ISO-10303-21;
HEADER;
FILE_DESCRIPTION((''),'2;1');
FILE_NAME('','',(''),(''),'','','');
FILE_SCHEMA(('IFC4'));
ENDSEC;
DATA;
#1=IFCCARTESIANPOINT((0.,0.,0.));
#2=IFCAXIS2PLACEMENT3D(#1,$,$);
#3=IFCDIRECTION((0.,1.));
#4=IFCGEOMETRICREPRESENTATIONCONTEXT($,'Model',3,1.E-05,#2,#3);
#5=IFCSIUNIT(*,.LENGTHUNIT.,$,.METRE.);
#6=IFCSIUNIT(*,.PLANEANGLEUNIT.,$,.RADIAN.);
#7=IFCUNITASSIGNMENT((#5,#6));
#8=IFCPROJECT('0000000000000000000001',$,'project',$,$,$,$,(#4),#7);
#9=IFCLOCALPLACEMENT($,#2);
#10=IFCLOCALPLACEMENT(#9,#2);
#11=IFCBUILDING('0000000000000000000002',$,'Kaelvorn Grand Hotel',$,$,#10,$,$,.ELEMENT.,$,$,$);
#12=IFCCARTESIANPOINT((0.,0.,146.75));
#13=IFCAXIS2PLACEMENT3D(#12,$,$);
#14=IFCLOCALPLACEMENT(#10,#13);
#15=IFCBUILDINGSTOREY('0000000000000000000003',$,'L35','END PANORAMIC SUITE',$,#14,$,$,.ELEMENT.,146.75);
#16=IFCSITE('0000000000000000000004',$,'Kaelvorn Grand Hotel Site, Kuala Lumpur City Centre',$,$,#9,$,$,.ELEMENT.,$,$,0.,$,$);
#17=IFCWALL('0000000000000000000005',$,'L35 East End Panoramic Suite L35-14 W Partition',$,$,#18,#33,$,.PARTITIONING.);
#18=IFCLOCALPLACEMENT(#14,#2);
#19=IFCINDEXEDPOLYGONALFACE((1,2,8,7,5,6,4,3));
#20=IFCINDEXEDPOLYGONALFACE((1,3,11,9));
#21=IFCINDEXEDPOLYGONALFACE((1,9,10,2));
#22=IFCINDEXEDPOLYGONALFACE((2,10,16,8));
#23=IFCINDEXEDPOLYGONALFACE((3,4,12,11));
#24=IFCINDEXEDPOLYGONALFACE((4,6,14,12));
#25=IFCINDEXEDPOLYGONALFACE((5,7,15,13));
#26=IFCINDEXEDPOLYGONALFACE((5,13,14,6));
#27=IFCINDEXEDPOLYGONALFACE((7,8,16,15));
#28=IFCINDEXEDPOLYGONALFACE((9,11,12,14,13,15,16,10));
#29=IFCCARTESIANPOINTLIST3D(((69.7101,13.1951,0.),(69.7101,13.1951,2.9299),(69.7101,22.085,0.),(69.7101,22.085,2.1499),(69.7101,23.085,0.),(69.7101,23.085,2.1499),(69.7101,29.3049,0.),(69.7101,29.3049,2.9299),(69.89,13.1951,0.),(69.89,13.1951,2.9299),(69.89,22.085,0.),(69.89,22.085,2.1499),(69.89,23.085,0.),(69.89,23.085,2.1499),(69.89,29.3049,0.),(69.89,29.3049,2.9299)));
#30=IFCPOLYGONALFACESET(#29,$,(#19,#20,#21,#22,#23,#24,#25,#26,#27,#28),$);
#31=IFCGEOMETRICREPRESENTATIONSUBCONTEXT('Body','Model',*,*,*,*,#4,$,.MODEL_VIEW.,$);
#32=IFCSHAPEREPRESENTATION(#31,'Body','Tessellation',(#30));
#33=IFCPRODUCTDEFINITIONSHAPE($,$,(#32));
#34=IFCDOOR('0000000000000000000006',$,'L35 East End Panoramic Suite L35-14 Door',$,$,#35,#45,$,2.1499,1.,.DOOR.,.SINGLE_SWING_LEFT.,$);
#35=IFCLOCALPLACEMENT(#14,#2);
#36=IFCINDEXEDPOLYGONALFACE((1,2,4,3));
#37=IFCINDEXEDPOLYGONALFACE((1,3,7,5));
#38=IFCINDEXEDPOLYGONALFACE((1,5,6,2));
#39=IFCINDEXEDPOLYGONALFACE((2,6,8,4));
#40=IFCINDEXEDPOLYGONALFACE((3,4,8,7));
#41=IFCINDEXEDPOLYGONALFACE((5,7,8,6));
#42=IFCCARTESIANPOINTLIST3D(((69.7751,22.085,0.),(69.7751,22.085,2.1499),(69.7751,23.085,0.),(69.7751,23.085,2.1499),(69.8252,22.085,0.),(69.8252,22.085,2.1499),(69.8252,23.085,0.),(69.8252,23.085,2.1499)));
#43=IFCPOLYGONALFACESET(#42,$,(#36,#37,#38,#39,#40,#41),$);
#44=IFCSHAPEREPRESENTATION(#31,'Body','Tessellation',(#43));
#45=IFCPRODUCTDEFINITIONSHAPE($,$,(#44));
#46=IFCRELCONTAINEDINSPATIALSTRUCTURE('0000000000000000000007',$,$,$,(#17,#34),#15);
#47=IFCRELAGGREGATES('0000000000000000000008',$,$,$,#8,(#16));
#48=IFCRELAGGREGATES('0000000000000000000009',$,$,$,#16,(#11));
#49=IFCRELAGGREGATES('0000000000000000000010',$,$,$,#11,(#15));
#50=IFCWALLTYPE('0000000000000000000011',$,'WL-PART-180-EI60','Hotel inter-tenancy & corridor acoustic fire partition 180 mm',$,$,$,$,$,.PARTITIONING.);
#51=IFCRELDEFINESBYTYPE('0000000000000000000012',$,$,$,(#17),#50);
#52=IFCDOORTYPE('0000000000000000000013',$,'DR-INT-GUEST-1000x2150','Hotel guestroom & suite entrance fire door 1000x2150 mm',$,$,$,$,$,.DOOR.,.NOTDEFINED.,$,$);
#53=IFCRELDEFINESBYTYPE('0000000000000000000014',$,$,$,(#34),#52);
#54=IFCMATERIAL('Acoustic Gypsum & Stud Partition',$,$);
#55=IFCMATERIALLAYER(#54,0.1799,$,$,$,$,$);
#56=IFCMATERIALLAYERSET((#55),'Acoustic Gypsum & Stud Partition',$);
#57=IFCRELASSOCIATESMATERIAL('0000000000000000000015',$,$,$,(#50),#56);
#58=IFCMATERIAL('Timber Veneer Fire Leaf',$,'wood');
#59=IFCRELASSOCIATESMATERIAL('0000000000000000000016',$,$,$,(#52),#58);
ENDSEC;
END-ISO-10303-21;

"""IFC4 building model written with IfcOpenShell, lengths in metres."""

from ifc_helpers import new_model, si_unit, direction, frame, frame_2d, origin, place, context, subcontext, project, spatial, rectangle, extrude, material, layer, layer_set, type_object, element, fill, save


model = new_model("IFC4")

# Units and contexts
model_context = context("Model", 3, precision=1e-05, world=origin(), true_north=direction((0.0, 1.0)))
body_context = subcontext(model_context, "Body", "Model", "MODEL_VIEW")
ifc_project = project(units=[si_unit("LENGTHUNIT", "METRE"), si_unit("PLANEANGLEUNIT", "RADIAN")], contexts=[model_context])

# Site, building, storey
site_placement = place(None, origin())
site = spatial("IfcSite", under=ifc_project, at=site_placement, Name="Kaelvorn Grand Hotel Site, Kuala Lumpur City Centre", CompositionType="ELEMENT", RefElevation=0.0)
building_placement = place(site_placement, origin())
building = spatial("IfcBuilding", under=site, at=building_placement, Name="Kaelvorn Grand Hotel", CompositionType="ELEMENT")
storey_placement = place(building_placement, frame((0.0, 0.0, 146.75)))
storey = spatial("IfcBuildingStorey", under=building, at=storey_placement, Name="L35", Description="END PANORAMIC SUITE", CompositionType="ELEMENT", Elevation=146.75)

# Shared definitions
ifc_material_1 = material(Name="Acoustic Gypsum & Stud Partition")
ifc_layer_1 = layer(ifc_material_1, 0.1799)
ifc_layer_set_1 = layer_set([ifc_layer_1], Name="Acoustic Gypsum & Stud Partition")
wall_type_1 = type_object("IfcWallType", Name="WL-PART-180-EI60", Description="Hotel inter-tenancy & corridor acoustic fire partition 180 mm", PredefinedType="PARTITIONING", material=ifc_layer_set_1)

# Wall, opening, door
wall_1_placement = place(storey_placement, frame((69.8, 13.1951, 0.0), z_axis=(0.0, 0.0, 1.0), x_axis=(0.0, 1.0, 0.0)))
wall_1 = element("IfcWall", 1, at=wall_1_placement, inside=storey, type_object=wall_type_1, Name="L35 East End Panoramic Suite L35-14 W Partition", PredefinedType="PARTITIONING", context=body_context, shape_type="SweptSolid", body=[
    extrude(rectangle(XDim=16.1099, YDim=0.1799, at=frame_2d((8.0549, 0.0))), origin(), (0.0, 0.0, 1.0), 2.9299),
])
opening_1_placement = place(wall_1_placement, frame((8.8899, 0.0, 0.0)))
opening_1 = element("IfcOpeningElement", 2, at=opening_1_placement, cuts=wall_1, PredefinedType="OPENING", context=body_context, shape_type="SweptSolid", body=[
    extrude(rectangle(XDim=1.0, YDim=2.1499, at=frame_2d((0.5, 1.075))), frame((0.0, 0.1001, 0.0), z_axis=(0.0, -1.0, 0.0), x_axis=(1.0, 0.0, 0.0)), (0.0, 0.0, 1.0), 0.2),
])
ifc_material_2 = material(Name="Timber Veneer Fire Leaf", Category="wood")
door_type_1 = type_object("IfcDoorType", Name="DR-INT-GUEST-1000x2150", Description="Hotel guestroom & suite entrance fire door 1000x2150 mm", OperationType="NOTDEFINED", PredefinedType="DOOR", material=ifc_material_2)
door_1_placement = place(opening_1_placement, origin())
door_1 = element("IfcDoor", 3, at=door_1_placement, inside=storey, type_object=door_type_1, Name="L35 East End Panoramic Suite L35-14 Door", OperationType="SINGLE_SWING_LEFT", OverallHeight=2.1499, OverallWidth=1.0, PredefinedType="DOOR", context=body_context, shape_type="SweptSolid", body=[
    extrude(rectangle(XDim=1.0, YDim=2.1499, at=frame_2d((0.5, 1.075))), frame((0.0, 0.0249, 0.0), z_axis=(0.0, -1.0, 0.0), x_axis=(1.0, 0.0, 0.0)), (0.0, 0.0, 1.0), 0.05),
])
fill(opening_1, door_1)

save(model, "model.ifc")
